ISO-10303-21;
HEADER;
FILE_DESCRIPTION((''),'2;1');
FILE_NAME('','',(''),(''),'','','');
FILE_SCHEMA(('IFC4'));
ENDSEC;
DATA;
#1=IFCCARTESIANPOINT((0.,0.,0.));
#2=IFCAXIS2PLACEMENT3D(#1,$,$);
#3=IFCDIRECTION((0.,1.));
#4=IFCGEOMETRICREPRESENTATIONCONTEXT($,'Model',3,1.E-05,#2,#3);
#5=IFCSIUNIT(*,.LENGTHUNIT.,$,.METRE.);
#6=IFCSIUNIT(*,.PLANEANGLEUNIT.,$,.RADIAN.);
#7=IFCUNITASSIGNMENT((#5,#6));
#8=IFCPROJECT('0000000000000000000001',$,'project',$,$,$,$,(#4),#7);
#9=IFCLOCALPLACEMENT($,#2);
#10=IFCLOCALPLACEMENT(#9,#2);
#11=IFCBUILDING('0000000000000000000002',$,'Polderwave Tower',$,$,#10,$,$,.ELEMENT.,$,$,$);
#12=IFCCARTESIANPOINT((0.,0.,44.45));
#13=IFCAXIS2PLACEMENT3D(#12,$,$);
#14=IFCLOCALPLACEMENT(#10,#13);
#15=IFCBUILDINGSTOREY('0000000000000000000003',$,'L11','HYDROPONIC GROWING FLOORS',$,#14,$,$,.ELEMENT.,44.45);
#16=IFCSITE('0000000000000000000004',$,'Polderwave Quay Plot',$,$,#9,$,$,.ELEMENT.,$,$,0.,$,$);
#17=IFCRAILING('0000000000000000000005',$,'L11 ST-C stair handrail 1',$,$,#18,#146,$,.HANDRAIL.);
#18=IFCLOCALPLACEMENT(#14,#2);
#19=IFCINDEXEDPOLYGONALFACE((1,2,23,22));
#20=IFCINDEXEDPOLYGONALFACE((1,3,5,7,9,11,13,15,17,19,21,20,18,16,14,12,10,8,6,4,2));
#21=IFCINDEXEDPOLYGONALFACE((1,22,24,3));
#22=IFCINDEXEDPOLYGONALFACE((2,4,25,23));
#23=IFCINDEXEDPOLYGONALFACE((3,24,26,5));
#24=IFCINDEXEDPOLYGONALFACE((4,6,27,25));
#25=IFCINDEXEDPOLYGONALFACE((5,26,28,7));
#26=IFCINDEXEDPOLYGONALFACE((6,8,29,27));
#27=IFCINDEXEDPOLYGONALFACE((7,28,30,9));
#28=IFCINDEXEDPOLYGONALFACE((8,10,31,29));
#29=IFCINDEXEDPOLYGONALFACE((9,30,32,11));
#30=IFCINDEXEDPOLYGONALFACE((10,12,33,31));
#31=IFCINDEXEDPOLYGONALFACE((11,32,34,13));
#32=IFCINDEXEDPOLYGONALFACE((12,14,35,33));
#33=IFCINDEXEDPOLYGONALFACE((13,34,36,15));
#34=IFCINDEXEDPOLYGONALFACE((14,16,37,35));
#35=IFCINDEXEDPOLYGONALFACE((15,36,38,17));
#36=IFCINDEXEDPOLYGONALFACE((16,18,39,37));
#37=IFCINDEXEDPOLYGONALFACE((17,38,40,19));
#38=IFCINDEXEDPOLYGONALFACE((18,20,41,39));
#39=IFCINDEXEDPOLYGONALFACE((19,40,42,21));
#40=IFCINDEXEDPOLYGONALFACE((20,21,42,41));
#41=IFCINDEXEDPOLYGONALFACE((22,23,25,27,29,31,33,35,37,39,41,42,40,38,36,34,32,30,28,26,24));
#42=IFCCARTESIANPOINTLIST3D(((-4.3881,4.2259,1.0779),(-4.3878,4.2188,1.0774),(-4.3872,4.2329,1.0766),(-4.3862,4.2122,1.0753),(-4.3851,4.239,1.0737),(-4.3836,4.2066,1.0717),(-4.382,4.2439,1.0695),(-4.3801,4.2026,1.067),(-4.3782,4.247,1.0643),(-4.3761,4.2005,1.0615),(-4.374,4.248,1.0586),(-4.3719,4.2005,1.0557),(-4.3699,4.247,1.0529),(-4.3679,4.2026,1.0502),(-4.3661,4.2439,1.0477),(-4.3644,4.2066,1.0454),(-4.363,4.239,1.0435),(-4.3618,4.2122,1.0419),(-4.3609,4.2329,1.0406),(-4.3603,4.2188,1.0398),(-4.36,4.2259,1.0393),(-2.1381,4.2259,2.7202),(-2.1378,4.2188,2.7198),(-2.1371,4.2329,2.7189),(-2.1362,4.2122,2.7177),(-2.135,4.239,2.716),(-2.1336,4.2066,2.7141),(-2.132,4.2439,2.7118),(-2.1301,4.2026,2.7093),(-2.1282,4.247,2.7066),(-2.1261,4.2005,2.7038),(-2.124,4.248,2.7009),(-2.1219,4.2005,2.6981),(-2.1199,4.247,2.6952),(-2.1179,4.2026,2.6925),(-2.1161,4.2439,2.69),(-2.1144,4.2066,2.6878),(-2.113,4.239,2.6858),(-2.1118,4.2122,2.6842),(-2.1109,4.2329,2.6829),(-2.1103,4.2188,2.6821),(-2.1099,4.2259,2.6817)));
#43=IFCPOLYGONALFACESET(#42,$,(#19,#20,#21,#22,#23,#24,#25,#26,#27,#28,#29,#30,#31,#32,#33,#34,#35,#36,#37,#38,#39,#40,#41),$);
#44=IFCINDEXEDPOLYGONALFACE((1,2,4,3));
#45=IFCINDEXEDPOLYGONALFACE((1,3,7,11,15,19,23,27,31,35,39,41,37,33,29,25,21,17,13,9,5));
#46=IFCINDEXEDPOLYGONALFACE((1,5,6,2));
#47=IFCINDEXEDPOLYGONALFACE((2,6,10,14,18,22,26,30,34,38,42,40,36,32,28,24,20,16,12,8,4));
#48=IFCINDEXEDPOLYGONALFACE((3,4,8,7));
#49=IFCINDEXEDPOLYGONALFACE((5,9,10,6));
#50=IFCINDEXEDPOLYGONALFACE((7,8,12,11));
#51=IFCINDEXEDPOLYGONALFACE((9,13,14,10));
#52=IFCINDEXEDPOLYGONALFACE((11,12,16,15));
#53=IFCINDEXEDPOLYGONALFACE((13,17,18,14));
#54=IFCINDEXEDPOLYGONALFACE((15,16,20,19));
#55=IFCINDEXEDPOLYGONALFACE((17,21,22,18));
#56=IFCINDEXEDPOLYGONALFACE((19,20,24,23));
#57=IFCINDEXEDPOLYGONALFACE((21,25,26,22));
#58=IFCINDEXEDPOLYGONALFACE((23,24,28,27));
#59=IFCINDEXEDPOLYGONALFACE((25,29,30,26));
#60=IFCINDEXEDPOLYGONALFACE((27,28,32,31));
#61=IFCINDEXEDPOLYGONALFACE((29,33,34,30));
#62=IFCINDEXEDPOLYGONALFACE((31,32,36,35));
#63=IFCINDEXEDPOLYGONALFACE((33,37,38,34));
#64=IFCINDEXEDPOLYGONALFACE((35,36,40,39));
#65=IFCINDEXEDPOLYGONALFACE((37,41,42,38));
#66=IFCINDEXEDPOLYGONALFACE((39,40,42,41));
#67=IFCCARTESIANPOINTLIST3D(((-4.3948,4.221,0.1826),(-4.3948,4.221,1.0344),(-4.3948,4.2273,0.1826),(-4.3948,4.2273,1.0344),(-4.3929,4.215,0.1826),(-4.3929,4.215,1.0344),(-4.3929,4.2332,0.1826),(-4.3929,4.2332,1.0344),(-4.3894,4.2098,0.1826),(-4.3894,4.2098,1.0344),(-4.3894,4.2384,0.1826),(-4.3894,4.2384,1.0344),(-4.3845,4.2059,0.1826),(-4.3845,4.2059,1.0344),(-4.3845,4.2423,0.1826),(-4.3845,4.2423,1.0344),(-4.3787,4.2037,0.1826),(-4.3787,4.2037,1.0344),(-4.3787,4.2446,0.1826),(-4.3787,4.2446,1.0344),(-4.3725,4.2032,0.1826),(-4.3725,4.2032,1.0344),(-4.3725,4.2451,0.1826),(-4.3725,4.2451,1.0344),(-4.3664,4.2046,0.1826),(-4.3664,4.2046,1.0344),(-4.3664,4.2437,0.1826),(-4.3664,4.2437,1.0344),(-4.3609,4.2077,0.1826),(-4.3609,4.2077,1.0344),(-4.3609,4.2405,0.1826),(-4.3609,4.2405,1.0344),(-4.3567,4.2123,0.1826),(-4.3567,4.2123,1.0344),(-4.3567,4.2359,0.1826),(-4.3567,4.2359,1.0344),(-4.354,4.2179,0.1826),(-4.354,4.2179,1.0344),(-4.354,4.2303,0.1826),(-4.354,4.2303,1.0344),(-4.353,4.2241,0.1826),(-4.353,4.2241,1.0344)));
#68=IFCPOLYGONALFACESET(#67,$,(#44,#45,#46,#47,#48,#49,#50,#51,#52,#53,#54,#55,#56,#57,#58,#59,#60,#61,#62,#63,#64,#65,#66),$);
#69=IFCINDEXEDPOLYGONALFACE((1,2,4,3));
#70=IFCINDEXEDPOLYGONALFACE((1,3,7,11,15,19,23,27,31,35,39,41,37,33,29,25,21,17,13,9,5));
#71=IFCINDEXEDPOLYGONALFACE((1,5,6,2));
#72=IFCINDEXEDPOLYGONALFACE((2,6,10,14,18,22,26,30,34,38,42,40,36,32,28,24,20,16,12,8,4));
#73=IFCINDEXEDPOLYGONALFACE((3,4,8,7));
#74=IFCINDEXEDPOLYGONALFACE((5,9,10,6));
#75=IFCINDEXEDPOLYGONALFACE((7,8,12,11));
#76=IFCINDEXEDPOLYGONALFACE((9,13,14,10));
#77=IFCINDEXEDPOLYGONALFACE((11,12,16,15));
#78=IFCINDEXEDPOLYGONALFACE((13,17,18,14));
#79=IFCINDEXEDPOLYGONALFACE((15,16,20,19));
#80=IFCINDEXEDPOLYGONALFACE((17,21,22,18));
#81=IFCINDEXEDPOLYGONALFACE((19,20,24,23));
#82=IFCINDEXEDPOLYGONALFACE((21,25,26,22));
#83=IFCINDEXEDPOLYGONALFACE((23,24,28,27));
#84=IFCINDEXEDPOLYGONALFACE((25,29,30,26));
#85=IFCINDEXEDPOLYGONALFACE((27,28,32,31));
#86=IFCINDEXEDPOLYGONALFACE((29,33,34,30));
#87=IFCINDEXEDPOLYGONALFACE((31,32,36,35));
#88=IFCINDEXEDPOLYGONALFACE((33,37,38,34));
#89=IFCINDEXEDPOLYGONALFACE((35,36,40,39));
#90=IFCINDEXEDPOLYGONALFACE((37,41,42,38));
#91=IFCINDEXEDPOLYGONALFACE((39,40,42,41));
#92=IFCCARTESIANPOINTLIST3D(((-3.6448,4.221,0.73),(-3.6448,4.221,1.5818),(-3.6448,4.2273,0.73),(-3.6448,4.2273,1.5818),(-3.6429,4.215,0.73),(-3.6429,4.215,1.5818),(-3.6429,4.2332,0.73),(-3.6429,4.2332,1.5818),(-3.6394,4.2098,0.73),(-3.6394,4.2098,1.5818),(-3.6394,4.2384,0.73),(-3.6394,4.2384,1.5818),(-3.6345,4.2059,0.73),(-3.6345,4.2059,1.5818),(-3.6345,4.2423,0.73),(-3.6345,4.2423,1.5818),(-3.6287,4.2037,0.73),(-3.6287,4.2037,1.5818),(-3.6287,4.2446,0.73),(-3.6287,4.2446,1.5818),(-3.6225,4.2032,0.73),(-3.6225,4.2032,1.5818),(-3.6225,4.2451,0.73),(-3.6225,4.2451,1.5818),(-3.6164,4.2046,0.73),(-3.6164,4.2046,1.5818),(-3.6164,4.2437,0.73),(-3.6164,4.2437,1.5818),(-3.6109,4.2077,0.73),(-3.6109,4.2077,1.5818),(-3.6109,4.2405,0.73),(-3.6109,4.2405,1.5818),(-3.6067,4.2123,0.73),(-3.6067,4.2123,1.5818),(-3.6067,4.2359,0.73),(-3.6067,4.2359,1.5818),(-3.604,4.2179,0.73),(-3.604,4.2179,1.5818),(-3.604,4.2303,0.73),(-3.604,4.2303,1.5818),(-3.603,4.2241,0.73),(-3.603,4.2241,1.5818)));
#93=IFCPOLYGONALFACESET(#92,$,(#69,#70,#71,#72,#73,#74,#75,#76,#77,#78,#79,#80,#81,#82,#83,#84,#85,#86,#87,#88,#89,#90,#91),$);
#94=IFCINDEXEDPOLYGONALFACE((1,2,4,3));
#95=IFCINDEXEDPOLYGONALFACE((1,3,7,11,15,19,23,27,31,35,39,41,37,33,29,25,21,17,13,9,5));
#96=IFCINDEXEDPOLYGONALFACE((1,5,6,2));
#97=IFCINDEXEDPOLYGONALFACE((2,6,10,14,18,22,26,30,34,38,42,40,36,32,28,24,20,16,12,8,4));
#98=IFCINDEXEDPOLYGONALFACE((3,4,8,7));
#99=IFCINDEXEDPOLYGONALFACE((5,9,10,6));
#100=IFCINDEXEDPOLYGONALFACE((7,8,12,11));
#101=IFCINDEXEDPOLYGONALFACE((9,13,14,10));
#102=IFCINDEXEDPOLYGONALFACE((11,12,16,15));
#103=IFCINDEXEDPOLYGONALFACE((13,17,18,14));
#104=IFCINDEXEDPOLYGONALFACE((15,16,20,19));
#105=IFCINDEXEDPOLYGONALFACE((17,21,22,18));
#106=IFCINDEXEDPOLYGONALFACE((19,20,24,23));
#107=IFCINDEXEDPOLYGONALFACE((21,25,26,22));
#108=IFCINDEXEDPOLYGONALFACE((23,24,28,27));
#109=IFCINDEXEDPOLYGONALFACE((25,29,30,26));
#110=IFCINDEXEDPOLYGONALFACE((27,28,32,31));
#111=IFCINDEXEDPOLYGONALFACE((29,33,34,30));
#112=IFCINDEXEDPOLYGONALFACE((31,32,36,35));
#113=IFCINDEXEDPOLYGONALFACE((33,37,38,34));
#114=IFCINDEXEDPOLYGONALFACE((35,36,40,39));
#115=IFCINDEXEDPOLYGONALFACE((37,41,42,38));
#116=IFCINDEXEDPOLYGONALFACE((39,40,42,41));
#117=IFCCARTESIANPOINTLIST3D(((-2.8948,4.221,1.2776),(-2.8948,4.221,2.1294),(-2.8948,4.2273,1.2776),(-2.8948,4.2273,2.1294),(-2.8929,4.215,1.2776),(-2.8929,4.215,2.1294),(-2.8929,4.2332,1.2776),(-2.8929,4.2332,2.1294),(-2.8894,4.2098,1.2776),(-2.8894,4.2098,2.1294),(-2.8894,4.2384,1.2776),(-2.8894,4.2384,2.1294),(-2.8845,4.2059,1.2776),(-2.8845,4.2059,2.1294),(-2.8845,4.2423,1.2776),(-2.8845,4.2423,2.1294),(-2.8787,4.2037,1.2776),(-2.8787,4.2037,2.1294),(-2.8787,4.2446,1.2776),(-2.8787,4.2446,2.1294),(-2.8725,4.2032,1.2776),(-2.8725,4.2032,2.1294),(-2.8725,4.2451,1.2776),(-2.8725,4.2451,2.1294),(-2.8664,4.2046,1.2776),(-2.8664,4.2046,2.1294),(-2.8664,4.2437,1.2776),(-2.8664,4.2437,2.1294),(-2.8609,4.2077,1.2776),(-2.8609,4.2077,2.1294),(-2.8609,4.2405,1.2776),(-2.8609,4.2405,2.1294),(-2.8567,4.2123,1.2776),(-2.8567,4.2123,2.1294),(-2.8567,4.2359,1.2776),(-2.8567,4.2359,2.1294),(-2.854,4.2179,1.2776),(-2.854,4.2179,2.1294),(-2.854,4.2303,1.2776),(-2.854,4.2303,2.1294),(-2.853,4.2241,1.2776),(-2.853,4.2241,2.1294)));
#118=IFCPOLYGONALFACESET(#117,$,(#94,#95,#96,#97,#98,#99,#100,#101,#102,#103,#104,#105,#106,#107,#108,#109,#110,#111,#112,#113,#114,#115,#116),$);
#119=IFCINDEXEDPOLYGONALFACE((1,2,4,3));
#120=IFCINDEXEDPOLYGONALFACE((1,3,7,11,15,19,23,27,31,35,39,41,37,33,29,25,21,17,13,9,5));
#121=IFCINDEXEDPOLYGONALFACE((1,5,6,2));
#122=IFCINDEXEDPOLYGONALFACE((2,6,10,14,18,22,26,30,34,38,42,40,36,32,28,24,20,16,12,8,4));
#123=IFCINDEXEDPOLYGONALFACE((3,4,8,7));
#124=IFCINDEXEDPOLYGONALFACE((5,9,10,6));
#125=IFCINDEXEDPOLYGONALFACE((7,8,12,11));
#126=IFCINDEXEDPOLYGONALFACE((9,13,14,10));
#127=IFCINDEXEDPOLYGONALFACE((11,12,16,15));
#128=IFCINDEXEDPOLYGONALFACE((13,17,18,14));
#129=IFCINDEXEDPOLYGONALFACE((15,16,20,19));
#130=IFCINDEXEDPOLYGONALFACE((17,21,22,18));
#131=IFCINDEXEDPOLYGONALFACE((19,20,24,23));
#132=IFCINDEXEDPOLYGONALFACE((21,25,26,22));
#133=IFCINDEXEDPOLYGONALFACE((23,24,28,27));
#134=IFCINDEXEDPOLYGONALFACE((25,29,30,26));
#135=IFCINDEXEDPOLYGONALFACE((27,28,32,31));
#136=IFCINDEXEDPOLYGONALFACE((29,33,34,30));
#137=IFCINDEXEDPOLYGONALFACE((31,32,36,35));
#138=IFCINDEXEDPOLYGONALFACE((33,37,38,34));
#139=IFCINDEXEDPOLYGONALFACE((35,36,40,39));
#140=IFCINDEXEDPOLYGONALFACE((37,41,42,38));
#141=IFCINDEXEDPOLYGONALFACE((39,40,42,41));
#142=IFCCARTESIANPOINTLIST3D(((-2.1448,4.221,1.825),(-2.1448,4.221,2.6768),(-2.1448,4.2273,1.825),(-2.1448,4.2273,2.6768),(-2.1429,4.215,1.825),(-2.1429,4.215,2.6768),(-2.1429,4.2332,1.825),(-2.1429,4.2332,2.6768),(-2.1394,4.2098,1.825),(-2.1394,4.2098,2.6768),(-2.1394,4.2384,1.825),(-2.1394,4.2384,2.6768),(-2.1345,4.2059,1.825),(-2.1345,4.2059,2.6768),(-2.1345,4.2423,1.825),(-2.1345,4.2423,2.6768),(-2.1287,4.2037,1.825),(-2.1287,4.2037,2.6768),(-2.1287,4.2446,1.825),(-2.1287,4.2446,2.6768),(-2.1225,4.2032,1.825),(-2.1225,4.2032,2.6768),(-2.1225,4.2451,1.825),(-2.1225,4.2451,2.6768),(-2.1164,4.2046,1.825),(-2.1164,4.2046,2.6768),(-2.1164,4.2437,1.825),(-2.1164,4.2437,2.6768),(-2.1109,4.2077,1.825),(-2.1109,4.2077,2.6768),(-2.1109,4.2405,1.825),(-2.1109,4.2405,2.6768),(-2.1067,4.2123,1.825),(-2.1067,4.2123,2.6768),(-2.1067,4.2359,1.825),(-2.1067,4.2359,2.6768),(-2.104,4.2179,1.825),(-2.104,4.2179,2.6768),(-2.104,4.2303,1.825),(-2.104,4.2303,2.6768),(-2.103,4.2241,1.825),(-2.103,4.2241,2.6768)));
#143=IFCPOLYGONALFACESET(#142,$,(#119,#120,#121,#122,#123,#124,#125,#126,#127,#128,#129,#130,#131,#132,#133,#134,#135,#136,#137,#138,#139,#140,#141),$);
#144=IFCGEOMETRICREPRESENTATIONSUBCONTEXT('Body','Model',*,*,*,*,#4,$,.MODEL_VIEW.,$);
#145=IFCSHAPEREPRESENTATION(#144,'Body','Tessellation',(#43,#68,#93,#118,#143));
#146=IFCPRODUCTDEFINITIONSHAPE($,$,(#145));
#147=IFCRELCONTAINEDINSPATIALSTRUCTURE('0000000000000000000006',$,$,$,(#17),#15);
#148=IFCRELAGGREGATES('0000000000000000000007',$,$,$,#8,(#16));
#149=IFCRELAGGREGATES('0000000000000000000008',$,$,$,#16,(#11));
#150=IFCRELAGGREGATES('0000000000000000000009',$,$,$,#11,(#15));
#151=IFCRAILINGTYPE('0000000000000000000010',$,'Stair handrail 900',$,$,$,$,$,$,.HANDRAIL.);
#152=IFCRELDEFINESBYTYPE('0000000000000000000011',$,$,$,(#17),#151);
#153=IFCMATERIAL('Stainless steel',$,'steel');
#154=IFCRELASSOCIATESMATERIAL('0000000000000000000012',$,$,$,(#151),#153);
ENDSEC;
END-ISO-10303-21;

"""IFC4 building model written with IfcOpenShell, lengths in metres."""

from ifc_helpers import new_model, si_unit, direction, frame, origin, origin_2d, place, context, subcontext, project, spatial, circle, extrude, material, type_object, element, save


model = new_model("IFC4")

# Units and contexts
model_context = context("Model", 3, precision=1e-05, world=origin(), true_north=direction((0.0, 1.0)))
body_context = subcontext(model_context, "Body", "Model", "MODEL_VIEW")
ifc_project = project(units=[si_unit("LENGTHUNIT", "METRE"), si_unit("PLANEANGLEUNIT", "RADIAN")], contexts=[model_context])

# Site, building, storey
site_placement = place(None, origin())
site = spatial("IfcSite", under=ifc_project, at=site_placement, Name="Polderwave Quay Plot", CompositionType="ELEMENT", RefElevation=0.0)
building_placement = place(site_placement, origin())
building = spatial("IfcBuilding", under=site, at=building_placement, Name="Polderwave Tower", CompositionType="ELEMENT")
storey_placement = place(building_placement, frame((0.0, 0.0, 44.45)))
storey = spatial("IfcBuildingStorey", under=building, at=storey_placement, Name="L11", Description="HYDROPONIC GROWING FLOORS", CompositionType="ELEMENT", Elevation=44.45)

# Railing
ifc_material_1 = material(Name="Stainless steel", Category="steel")
railing_type_1 = type_object("IfcRailingType", Name="Stair handrail 900", PredefinedType="HANDRAIL", material=ifc_material_1)
railing_1_placement = place(storey_placement, frame((-4.374, 4.2241, 0.1826)))
element("IfcRailing", 1, at=railing_1_placement, inside=storey, type_object=railing_type_1, Name="L11 ST-C stair handrail 1", PredefinedType="HANDRAIL", context=body_context, shape_type="SweptSolid", body=[
    extrude(circle(Radius=0.0239, at=origin_2d()), frame((0.0, 0.0, 0.876), z_axis=(0.807715, 0.0, 0.589573), x_axis=(0.0, 1.0, 0.0)), (0.0, 0.0, 1.0), 2.7856),
    extrude(circle(Radius=0.021, at=origin_2d()), origin(), (0.0, 0.0, 1.0), 0.8518),
    extrude(circle(Radius=0.021, at=origin_2d()), frame((0.75, 0.0, 0.5474)), (0.0, 0.0, 1.0), 0.8518),
    extrude(circle(Radius=0.021, at=origin_2d()), frame((1.5, 0.0, 1.095)), (0.0, 0.0, 1.0), 0.8518),
    extrude(circle(Radius=0.021, at=origin_2d()), frame((2.25, 0.0, 1.6423)), (0.0, 0.0, 1.0), 0.8518),
])

save(model, "model.ifc")
